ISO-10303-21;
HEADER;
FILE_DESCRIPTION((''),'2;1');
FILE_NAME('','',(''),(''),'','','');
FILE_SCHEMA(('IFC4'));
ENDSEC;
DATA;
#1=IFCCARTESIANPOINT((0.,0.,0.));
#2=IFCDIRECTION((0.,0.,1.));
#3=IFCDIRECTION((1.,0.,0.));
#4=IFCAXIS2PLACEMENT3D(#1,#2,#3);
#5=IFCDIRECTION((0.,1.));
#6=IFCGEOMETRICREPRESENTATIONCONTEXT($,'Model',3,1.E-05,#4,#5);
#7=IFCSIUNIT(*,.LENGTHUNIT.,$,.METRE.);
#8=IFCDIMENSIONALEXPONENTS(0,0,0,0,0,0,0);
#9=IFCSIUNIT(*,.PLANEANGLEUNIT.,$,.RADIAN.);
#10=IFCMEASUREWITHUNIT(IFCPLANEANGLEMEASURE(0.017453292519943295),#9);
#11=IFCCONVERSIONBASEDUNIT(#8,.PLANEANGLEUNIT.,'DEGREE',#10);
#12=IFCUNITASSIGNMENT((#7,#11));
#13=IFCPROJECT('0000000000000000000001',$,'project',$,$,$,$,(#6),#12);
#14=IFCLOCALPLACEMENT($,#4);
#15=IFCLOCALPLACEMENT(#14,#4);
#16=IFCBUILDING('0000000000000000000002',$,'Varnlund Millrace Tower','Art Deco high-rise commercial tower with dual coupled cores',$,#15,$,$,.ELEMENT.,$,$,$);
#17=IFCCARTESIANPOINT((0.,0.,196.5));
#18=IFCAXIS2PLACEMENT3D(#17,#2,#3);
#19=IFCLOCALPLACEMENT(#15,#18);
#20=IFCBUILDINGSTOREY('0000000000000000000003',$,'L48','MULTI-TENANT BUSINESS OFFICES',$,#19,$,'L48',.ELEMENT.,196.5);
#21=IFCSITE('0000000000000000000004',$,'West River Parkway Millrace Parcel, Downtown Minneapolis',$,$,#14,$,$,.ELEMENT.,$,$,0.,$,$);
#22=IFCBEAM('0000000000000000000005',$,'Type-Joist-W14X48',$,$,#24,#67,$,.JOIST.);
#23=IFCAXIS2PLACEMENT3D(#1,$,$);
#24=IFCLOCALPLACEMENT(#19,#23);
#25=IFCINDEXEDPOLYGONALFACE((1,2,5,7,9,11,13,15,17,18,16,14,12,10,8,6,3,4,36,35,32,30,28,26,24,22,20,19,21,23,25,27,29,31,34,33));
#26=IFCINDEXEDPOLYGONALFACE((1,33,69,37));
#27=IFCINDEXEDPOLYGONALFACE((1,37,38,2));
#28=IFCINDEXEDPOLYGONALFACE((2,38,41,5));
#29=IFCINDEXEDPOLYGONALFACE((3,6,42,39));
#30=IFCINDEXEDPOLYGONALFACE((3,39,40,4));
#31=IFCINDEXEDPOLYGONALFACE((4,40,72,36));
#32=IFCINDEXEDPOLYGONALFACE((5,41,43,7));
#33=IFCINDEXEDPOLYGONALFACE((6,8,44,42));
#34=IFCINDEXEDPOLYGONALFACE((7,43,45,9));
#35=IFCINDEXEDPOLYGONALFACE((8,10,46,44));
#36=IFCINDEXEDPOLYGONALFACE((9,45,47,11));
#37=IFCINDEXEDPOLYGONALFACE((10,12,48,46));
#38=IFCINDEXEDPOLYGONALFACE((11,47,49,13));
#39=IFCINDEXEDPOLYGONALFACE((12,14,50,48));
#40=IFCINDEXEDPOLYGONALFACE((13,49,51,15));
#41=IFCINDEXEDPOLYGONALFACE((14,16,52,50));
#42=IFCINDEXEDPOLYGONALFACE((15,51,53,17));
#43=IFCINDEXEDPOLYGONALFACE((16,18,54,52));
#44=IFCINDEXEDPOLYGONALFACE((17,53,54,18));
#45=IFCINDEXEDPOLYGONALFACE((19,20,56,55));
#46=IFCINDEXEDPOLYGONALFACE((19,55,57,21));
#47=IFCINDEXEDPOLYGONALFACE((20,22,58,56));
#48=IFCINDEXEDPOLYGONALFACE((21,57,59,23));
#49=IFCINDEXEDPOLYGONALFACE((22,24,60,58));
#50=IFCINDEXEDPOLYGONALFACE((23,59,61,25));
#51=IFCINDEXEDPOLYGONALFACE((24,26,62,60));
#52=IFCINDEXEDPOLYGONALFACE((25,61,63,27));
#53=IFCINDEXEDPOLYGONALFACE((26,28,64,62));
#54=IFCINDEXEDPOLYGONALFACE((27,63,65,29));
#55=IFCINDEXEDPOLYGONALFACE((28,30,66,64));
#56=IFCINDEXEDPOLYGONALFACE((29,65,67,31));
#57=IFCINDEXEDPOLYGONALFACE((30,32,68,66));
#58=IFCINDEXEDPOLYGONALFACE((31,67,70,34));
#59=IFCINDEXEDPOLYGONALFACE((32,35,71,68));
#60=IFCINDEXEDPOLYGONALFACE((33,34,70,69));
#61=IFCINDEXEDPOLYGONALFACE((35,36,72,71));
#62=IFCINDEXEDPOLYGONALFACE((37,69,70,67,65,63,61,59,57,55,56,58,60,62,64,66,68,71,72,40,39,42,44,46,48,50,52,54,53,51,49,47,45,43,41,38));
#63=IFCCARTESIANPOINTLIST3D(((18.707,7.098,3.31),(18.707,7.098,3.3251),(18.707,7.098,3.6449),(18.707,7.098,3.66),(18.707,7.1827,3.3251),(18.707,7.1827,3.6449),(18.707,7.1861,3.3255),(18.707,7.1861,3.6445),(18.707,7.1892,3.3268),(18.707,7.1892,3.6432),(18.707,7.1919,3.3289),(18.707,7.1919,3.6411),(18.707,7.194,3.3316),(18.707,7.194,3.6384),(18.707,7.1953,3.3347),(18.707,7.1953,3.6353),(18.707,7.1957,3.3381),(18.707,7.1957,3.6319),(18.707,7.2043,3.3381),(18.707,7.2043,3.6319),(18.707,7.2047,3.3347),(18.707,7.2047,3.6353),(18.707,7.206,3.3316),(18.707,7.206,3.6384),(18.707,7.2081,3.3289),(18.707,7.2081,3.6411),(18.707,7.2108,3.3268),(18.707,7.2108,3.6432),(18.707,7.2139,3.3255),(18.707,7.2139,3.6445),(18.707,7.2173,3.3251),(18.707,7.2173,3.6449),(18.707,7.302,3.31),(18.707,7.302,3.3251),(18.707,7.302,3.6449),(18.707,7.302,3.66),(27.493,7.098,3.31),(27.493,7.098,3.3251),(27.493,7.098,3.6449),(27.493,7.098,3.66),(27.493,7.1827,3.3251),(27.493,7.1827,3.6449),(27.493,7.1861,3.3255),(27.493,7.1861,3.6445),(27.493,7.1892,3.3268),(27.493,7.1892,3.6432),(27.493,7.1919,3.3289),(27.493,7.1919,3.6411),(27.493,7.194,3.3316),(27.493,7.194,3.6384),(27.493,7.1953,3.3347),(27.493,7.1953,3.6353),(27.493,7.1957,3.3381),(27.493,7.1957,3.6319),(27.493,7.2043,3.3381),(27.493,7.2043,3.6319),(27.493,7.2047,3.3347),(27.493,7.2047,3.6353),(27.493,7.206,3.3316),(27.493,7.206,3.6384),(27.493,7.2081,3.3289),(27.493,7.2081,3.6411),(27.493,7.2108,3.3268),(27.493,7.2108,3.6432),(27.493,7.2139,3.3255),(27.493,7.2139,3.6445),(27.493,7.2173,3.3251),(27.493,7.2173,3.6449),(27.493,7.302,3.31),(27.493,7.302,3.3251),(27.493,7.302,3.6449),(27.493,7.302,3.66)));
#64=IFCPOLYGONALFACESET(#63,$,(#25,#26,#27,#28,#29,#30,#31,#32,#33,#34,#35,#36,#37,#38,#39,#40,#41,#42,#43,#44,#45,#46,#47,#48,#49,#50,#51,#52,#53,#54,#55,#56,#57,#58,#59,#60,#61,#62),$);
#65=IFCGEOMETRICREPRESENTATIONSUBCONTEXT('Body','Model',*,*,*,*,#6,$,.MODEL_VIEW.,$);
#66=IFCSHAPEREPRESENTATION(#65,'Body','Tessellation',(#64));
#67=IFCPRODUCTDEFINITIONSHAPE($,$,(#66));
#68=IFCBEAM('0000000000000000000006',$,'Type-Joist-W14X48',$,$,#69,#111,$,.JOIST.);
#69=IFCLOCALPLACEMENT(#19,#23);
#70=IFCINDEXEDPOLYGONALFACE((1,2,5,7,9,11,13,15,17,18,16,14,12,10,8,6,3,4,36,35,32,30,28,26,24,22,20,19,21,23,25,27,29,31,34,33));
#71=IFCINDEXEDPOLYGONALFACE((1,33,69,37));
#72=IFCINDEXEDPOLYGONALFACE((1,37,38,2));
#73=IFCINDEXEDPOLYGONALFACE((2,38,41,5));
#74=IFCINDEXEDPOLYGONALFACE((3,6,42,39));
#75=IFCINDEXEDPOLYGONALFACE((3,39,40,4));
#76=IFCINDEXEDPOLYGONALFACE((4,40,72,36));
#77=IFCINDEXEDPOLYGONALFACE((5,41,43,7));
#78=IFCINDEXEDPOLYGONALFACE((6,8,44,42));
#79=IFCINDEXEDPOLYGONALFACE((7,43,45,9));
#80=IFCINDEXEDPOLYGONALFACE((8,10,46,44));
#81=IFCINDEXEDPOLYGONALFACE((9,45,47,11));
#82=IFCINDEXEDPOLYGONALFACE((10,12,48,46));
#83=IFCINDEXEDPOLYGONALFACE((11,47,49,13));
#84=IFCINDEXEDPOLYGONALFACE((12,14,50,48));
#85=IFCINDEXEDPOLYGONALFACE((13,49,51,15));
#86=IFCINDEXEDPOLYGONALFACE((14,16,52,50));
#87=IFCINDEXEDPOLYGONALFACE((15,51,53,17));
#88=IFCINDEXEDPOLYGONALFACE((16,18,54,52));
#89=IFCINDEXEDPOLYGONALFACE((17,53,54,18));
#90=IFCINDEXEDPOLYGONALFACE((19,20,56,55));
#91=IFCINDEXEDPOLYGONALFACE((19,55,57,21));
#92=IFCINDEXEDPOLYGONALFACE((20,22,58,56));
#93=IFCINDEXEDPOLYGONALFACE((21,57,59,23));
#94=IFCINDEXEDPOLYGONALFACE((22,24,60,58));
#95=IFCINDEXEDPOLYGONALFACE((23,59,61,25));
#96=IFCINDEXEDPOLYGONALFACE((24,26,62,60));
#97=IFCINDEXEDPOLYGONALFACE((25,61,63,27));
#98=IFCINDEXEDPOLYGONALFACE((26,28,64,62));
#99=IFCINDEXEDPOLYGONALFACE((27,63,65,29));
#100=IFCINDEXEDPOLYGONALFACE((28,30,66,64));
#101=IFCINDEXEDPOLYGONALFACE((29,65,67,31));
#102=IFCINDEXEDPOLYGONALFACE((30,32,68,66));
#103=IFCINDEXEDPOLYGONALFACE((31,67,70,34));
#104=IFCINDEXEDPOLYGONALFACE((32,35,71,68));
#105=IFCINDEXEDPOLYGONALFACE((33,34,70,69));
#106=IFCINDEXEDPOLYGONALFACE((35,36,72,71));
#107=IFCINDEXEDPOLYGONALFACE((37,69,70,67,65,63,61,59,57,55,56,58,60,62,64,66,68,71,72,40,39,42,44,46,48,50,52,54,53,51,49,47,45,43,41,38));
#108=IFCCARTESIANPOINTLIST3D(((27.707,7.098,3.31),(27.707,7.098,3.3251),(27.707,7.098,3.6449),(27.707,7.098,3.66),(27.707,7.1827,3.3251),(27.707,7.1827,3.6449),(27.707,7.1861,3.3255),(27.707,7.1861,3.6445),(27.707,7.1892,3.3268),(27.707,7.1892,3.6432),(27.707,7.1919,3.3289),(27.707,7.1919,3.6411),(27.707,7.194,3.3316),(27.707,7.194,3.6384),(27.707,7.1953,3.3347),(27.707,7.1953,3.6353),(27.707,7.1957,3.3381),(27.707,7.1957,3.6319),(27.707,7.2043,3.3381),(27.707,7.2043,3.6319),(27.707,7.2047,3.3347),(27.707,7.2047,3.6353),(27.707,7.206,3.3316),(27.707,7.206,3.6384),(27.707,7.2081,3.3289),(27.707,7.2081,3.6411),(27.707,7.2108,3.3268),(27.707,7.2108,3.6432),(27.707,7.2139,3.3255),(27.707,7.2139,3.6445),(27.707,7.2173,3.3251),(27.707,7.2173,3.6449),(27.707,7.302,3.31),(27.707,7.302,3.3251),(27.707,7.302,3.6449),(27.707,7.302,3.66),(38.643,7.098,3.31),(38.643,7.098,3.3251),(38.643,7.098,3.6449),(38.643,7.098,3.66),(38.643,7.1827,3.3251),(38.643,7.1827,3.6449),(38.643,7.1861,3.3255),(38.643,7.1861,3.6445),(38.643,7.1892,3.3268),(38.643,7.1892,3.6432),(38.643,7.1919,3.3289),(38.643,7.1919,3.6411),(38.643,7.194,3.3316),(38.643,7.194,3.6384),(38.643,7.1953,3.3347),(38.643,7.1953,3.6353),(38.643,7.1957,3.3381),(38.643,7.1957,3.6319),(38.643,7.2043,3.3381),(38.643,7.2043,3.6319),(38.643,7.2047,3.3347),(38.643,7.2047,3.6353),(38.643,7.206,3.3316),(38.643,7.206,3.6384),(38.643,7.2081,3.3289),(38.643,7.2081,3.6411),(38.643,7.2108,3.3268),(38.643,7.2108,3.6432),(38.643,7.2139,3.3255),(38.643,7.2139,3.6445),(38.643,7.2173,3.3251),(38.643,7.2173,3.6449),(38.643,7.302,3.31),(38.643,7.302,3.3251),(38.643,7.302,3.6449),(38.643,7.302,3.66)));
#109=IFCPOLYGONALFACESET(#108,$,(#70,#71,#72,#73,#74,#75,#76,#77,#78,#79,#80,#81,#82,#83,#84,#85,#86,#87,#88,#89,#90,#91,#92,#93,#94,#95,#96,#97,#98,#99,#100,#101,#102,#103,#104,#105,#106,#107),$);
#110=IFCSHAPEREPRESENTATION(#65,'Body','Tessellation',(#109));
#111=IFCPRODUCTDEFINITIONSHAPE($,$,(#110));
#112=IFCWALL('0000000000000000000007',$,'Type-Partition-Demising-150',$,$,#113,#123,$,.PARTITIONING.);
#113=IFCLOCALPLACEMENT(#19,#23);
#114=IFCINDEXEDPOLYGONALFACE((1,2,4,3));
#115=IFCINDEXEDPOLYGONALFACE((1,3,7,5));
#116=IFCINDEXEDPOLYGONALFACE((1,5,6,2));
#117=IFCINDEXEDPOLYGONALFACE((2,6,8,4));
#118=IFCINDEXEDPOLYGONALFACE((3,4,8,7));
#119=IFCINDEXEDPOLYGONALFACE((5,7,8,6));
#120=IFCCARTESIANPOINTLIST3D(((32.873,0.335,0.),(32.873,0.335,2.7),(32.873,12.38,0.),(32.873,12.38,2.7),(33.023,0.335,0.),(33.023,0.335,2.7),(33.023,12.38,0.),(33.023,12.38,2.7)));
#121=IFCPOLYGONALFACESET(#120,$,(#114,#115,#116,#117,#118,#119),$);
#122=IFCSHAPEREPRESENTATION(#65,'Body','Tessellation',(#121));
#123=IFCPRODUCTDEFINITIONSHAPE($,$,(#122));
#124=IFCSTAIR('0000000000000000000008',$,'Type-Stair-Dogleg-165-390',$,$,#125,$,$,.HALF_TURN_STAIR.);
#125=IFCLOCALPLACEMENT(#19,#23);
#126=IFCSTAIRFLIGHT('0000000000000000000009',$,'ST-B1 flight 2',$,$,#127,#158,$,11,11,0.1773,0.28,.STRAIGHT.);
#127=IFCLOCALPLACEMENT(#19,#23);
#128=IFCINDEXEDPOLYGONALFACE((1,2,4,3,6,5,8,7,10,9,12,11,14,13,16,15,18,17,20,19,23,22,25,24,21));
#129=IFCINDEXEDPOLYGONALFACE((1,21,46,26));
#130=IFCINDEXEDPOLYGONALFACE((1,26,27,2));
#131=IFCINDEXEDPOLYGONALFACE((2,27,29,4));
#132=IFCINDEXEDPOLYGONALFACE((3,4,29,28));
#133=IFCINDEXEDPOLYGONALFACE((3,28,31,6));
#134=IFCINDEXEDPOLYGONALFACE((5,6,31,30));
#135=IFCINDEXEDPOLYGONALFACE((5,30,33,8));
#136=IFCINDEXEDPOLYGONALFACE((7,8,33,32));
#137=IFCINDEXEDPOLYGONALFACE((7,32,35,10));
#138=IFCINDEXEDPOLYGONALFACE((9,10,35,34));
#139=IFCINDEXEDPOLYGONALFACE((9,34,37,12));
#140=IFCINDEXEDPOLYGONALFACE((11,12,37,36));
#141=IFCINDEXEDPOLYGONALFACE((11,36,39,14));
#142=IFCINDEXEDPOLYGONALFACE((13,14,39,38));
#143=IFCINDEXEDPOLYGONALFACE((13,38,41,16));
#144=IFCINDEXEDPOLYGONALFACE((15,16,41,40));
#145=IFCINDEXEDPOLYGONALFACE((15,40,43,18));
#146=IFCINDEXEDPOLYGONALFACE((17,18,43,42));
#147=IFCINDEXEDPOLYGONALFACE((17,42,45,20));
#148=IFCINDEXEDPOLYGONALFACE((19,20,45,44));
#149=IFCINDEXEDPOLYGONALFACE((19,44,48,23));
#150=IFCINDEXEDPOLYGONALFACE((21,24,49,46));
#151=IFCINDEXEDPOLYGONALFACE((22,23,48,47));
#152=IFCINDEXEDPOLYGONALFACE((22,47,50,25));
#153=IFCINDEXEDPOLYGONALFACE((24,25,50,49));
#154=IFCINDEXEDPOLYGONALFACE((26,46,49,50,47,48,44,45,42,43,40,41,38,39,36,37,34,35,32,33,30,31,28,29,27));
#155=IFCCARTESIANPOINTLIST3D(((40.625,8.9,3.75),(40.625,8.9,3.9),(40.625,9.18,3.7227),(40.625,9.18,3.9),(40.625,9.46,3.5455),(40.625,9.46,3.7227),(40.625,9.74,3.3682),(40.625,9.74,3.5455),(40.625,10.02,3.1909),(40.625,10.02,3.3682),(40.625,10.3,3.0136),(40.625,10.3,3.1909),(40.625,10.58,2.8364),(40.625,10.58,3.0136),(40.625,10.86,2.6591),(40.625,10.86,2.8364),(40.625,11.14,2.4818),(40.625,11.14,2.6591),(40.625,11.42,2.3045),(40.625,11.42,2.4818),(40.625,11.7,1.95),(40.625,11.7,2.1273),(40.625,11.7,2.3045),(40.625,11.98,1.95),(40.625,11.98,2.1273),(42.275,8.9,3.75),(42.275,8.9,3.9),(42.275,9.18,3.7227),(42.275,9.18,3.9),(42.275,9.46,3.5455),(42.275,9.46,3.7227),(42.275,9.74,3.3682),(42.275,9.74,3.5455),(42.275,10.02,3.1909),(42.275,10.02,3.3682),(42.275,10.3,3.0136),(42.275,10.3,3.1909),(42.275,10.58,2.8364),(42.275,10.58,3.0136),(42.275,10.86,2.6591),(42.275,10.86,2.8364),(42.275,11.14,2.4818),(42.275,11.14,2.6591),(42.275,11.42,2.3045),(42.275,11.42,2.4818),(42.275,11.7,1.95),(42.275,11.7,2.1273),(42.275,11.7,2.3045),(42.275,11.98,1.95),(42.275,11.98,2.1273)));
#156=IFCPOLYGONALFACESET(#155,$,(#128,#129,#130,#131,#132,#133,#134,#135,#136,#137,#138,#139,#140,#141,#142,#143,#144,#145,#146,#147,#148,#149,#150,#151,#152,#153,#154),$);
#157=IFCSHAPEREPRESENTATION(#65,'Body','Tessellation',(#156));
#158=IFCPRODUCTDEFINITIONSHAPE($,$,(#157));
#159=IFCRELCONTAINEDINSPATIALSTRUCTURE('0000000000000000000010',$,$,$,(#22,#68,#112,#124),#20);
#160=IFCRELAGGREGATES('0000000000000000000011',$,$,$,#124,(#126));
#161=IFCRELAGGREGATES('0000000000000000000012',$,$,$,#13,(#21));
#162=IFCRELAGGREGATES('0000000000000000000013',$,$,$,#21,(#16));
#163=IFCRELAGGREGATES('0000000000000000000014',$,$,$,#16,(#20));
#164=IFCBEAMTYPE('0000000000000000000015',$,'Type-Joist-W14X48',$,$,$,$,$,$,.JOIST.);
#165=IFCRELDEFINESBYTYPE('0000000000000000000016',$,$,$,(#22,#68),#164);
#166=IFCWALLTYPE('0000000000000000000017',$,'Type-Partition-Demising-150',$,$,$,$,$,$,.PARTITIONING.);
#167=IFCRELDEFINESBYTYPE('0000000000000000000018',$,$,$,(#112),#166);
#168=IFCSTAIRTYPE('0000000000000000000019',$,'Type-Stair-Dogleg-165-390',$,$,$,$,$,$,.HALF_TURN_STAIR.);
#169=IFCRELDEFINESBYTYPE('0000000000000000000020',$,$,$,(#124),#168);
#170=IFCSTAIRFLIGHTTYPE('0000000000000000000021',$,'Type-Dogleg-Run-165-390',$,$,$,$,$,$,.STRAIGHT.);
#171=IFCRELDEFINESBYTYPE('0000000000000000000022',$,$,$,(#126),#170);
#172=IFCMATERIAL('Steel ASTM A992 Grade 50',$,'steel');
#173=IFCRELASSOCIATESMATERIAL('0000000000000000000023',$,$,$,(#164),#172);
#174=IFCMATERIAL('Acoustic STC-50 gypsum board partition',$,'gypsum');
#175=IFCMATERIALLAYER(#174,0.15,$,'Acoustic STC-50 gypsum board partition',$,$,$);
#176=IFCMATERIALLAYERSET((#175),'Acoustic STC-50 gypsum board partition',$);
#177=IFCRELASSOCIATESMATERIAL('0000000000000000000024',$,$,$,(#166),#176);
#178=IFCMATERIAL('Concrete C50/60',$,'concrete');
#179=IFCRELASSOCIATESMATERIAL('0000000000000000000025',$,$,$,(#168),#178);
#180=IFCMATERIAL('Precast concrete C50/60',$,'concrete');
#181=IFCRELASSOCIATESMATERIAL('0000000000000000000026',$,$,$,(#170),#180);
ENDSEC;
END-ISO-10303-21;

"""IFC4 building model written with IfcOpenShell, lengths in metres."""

from ifc_helpers import new_model, entity, si_unit, converted_unit, direction, frame, origin_with_axes, origin_2d_with_axis, place, context, subcontext, project, spatial, polyline, i_section, outline, extrude, material, layer, layer_set, material_profile, profile_set, type_object, element, aggregate, save


model = new_model("IFC4")

# Units and contexts
model_context = context("Model", 3, precision=1e-05, world=origin_with_axes(), true_north=direction((0.0, 1.0)))
body_context = subcontext(model_context, "Body", "Model", "MODEL_VIEW")
ifc_project = project(units=[si_unit("LENGTHUNIT", "METRE"), converted_unit("PLANEANGLEUNIT", "DEGREE", entity("IfcPlaneAngleMeasure", 0.017453292519943295), si_unit("PLANEANGLEUNIT", "RADIAN"), dimensions=[0, 0, 0, 0, 0, 0, 0])], contexts=[model_context])

# Site, building, storey
site_placement = place(None, origin_with_axes())
site = spatial("IfcSite", under=ifc_project, at=site_placement, Name="West River Parkway Millrace Parcel, Downtown Minneapolis", CompositionType="ELEMENT", RefElevation=0.0)
building_placement = place(site_placement, origin_with_axes())
building = spatial("IfcBuilding", under=site, at=building_placement, Name="Varnlund Millrace Tower", Description="Art Deco high-rise commercial tower with dual coupled cores", CompositionType="ELEMENT")
storey_placement = place(building_placement, frame((0.0, 0.0, 196.5), z_axis=(0.0, 0.0, 1.0), x_axis=(1.0, 0.0, 0.0)))
storey = spatial("IfcBuildingStorey", under=building, at=storey_placement, Name="L48", Description="MULTI-TENANT BUSINESS OFFICES", LongName="L48", CompositionType="ELEMENT", Elevation=196.5)

# Beams
ifc_material_1 = material(Name="Steel ASTM A992 Grade 50", Category="steel")
ifc_material_profile_1 = material_profile(ifc_material_1, i_section(OverallWidth=0.204, OverallDepth=0.35, WebThickness=0.0086, FlangeThickness=0.0151, FilletRadius=0.013, at=origin_2d_with_axis()), Name="Steel ASTM A992 Grade 50")
ifc_profile_set_1 = profile_set([ifc_material_profile_1], Name="Steel ASTM A992 Grade 50")
beam_type_1 = type_object("IfcBeamType", Name="Type-Joist-W14X48", PredefinedType="JOIST", material=ifc_profile_set_1)
beam_1_placement = place(storey_placement, frame((18.707, 7.2, 3.485), z_axis=(1.0, 0.0, 0.0), x_axis=(0.0, 1.0, 0.0)))
element("IfcBeam", 1, at=beam_1_placement, inside=storey, type_object=beam_type_1, Name="Type-Joist-W14X48", PredefinedType="JOIST", context=body_context, shape_type="SweptSolid", body=[
    extrude(i_section(OverallWidth=0.204, OverallDepth=0.35, WebThickness=0.0086, FlangeThickness=0.0151, FilletRadius=0.013, at=origin_2d_with_axis()), origin_with_axes(), (0.0, 0.0, 1.0), 8.786),
])
beam_2_placement = place(storey_placement, frame((27.707, 7.2, 3.485), z_axis=(1.0, 0.0, 0.0), x_axis=(0.0, 1.0, 0.0)))
element("IfcBeam", 2, at=beam_2_placement, inside=storey, type_object=beam_type_1, Name="Type-Joist-W14X48", PredefinedType="JOIST", context=body_context, shape_type="SweptSolid", body=[
    extrude(i_section(OverallWidth=0.204, OverallDepth=0.35, WebThickness=0.0086, FlangeThickness=0.0151, FilletRadius=0.013, at=origin_2d_with_axis()), origin_with_axes(), (0.0, 0.0, 1.0), 10.936),
])

# Wall
ifc_material_2 = material(Name="Acoustic STC-50 gypsum board partition", Category="gypsum")
ifc_layer = layer(ifc_material_2, 0.15, Name="Acoustic STC-50 gypsum board partition")
ifc_layer_set = layer_set([ifc_layer], Name="Acoustic STC-50 gypsum board partition")
wall_type = type_object("IfcWallType", Name="Type-Partition-Demising-150", PredefinedType="PARTITIONING", material=ifc_layer_set)
wall_placement = place(storey_placement, frame((32.948, 0.335, 0.0), z_axis=(0.0, 0.0, 1.0), x_axis=(0.0, 1.0, 0.0)))
element("IfcWall", 3, at=wall_placement, inside=storey, type_object=wall_type, Name="Type-Partition-Demising-150", PredefinedType="PARTITIONING", context=body_context, shape_type="SweptSolid", body=[
    extrude(outline(polyline([(0.0, -0.075), (12.045, -0.075), (12.045, 0.075), (0.0, 0.075), (0.0, -0.075)])), origin_with_axes(), (0.0, 0.0, 1.0), 2.7),
])

# Stair, stair flight
ifc_material_3 = material(Name="Concrete C50/60", Category="concrete")
stair_type = type_object("IfcStairType", Name="Type-Stair-Dogleg-165-390", PredefinedType="HALF_TURN_STAIR", material=ifc_material_3)
stair_placement = place(storey_placement, origin_with_axes())
stair = element("IfcStair", 4, at=stair_placement, inside=storey, type_object=stair_type, Name="Type-Stair-Dogleg-165-390", PredefinedType="HALF_TURN_STAIR")
ifc_material_4 = material(Name="Precast concrete C50/60", Category="concrete")
stair_flight_type = type_object("IfcStairFlightType", Name="Type-Dogleg-Run-165-390", PredefinedType="STRAIGHT", material=ifc_material_4)
stair_flight_placement = place(storey_placement, frame((42.275, 11.98, 1.95), z_axis=(-1.0, 0.0, 0.0), x_axis=(0.0, -1.0, 0.0)))
stair_flight = element("IfcStairFlight", 5, at=stair_flight_placement, type_object=stair_flight_type, Name="ST-B1 flight 2", NumberOfRisers=11, NumberOfTreads=11, PredefinedType="STRAIGHT", RiserHeight=0.1773, TreadLength=0.28, context=body_context, shape_type="SweptSolid", body=[
    extrude(outline(polyline([(0.0, 0.0), (0.0, 0.1773), (0.28, 0.1773), (0.28, 0.3545), (0.56, 0.3545), (0.56, 0.5318), (0.84, 0.5318), (0.84, 0.7091), (1.12, 0.7091), (1.12, 0.8864), (1.4, 0.8864), (1.4, 1.0636), (1.68, 1.0636), (1.68, 1.2409), (1.96, 1.2409), (1.96, 1.4182), (2.24, 1.4182), (2.24, 1.5955), (2.52, 1.5955), (2.52, 1.7727), (2.8, 1.7727), (2.8, 1.95), (3.08, 1.95), (3.08, 1.8), (0.28, 0.0), (0.0, 0.0)])), origin_with_axes(), (0.0, 0.0, 1.0), 1.65),
])
aggregate(stair, [stair_flight])

save(model, "model.ifc")
